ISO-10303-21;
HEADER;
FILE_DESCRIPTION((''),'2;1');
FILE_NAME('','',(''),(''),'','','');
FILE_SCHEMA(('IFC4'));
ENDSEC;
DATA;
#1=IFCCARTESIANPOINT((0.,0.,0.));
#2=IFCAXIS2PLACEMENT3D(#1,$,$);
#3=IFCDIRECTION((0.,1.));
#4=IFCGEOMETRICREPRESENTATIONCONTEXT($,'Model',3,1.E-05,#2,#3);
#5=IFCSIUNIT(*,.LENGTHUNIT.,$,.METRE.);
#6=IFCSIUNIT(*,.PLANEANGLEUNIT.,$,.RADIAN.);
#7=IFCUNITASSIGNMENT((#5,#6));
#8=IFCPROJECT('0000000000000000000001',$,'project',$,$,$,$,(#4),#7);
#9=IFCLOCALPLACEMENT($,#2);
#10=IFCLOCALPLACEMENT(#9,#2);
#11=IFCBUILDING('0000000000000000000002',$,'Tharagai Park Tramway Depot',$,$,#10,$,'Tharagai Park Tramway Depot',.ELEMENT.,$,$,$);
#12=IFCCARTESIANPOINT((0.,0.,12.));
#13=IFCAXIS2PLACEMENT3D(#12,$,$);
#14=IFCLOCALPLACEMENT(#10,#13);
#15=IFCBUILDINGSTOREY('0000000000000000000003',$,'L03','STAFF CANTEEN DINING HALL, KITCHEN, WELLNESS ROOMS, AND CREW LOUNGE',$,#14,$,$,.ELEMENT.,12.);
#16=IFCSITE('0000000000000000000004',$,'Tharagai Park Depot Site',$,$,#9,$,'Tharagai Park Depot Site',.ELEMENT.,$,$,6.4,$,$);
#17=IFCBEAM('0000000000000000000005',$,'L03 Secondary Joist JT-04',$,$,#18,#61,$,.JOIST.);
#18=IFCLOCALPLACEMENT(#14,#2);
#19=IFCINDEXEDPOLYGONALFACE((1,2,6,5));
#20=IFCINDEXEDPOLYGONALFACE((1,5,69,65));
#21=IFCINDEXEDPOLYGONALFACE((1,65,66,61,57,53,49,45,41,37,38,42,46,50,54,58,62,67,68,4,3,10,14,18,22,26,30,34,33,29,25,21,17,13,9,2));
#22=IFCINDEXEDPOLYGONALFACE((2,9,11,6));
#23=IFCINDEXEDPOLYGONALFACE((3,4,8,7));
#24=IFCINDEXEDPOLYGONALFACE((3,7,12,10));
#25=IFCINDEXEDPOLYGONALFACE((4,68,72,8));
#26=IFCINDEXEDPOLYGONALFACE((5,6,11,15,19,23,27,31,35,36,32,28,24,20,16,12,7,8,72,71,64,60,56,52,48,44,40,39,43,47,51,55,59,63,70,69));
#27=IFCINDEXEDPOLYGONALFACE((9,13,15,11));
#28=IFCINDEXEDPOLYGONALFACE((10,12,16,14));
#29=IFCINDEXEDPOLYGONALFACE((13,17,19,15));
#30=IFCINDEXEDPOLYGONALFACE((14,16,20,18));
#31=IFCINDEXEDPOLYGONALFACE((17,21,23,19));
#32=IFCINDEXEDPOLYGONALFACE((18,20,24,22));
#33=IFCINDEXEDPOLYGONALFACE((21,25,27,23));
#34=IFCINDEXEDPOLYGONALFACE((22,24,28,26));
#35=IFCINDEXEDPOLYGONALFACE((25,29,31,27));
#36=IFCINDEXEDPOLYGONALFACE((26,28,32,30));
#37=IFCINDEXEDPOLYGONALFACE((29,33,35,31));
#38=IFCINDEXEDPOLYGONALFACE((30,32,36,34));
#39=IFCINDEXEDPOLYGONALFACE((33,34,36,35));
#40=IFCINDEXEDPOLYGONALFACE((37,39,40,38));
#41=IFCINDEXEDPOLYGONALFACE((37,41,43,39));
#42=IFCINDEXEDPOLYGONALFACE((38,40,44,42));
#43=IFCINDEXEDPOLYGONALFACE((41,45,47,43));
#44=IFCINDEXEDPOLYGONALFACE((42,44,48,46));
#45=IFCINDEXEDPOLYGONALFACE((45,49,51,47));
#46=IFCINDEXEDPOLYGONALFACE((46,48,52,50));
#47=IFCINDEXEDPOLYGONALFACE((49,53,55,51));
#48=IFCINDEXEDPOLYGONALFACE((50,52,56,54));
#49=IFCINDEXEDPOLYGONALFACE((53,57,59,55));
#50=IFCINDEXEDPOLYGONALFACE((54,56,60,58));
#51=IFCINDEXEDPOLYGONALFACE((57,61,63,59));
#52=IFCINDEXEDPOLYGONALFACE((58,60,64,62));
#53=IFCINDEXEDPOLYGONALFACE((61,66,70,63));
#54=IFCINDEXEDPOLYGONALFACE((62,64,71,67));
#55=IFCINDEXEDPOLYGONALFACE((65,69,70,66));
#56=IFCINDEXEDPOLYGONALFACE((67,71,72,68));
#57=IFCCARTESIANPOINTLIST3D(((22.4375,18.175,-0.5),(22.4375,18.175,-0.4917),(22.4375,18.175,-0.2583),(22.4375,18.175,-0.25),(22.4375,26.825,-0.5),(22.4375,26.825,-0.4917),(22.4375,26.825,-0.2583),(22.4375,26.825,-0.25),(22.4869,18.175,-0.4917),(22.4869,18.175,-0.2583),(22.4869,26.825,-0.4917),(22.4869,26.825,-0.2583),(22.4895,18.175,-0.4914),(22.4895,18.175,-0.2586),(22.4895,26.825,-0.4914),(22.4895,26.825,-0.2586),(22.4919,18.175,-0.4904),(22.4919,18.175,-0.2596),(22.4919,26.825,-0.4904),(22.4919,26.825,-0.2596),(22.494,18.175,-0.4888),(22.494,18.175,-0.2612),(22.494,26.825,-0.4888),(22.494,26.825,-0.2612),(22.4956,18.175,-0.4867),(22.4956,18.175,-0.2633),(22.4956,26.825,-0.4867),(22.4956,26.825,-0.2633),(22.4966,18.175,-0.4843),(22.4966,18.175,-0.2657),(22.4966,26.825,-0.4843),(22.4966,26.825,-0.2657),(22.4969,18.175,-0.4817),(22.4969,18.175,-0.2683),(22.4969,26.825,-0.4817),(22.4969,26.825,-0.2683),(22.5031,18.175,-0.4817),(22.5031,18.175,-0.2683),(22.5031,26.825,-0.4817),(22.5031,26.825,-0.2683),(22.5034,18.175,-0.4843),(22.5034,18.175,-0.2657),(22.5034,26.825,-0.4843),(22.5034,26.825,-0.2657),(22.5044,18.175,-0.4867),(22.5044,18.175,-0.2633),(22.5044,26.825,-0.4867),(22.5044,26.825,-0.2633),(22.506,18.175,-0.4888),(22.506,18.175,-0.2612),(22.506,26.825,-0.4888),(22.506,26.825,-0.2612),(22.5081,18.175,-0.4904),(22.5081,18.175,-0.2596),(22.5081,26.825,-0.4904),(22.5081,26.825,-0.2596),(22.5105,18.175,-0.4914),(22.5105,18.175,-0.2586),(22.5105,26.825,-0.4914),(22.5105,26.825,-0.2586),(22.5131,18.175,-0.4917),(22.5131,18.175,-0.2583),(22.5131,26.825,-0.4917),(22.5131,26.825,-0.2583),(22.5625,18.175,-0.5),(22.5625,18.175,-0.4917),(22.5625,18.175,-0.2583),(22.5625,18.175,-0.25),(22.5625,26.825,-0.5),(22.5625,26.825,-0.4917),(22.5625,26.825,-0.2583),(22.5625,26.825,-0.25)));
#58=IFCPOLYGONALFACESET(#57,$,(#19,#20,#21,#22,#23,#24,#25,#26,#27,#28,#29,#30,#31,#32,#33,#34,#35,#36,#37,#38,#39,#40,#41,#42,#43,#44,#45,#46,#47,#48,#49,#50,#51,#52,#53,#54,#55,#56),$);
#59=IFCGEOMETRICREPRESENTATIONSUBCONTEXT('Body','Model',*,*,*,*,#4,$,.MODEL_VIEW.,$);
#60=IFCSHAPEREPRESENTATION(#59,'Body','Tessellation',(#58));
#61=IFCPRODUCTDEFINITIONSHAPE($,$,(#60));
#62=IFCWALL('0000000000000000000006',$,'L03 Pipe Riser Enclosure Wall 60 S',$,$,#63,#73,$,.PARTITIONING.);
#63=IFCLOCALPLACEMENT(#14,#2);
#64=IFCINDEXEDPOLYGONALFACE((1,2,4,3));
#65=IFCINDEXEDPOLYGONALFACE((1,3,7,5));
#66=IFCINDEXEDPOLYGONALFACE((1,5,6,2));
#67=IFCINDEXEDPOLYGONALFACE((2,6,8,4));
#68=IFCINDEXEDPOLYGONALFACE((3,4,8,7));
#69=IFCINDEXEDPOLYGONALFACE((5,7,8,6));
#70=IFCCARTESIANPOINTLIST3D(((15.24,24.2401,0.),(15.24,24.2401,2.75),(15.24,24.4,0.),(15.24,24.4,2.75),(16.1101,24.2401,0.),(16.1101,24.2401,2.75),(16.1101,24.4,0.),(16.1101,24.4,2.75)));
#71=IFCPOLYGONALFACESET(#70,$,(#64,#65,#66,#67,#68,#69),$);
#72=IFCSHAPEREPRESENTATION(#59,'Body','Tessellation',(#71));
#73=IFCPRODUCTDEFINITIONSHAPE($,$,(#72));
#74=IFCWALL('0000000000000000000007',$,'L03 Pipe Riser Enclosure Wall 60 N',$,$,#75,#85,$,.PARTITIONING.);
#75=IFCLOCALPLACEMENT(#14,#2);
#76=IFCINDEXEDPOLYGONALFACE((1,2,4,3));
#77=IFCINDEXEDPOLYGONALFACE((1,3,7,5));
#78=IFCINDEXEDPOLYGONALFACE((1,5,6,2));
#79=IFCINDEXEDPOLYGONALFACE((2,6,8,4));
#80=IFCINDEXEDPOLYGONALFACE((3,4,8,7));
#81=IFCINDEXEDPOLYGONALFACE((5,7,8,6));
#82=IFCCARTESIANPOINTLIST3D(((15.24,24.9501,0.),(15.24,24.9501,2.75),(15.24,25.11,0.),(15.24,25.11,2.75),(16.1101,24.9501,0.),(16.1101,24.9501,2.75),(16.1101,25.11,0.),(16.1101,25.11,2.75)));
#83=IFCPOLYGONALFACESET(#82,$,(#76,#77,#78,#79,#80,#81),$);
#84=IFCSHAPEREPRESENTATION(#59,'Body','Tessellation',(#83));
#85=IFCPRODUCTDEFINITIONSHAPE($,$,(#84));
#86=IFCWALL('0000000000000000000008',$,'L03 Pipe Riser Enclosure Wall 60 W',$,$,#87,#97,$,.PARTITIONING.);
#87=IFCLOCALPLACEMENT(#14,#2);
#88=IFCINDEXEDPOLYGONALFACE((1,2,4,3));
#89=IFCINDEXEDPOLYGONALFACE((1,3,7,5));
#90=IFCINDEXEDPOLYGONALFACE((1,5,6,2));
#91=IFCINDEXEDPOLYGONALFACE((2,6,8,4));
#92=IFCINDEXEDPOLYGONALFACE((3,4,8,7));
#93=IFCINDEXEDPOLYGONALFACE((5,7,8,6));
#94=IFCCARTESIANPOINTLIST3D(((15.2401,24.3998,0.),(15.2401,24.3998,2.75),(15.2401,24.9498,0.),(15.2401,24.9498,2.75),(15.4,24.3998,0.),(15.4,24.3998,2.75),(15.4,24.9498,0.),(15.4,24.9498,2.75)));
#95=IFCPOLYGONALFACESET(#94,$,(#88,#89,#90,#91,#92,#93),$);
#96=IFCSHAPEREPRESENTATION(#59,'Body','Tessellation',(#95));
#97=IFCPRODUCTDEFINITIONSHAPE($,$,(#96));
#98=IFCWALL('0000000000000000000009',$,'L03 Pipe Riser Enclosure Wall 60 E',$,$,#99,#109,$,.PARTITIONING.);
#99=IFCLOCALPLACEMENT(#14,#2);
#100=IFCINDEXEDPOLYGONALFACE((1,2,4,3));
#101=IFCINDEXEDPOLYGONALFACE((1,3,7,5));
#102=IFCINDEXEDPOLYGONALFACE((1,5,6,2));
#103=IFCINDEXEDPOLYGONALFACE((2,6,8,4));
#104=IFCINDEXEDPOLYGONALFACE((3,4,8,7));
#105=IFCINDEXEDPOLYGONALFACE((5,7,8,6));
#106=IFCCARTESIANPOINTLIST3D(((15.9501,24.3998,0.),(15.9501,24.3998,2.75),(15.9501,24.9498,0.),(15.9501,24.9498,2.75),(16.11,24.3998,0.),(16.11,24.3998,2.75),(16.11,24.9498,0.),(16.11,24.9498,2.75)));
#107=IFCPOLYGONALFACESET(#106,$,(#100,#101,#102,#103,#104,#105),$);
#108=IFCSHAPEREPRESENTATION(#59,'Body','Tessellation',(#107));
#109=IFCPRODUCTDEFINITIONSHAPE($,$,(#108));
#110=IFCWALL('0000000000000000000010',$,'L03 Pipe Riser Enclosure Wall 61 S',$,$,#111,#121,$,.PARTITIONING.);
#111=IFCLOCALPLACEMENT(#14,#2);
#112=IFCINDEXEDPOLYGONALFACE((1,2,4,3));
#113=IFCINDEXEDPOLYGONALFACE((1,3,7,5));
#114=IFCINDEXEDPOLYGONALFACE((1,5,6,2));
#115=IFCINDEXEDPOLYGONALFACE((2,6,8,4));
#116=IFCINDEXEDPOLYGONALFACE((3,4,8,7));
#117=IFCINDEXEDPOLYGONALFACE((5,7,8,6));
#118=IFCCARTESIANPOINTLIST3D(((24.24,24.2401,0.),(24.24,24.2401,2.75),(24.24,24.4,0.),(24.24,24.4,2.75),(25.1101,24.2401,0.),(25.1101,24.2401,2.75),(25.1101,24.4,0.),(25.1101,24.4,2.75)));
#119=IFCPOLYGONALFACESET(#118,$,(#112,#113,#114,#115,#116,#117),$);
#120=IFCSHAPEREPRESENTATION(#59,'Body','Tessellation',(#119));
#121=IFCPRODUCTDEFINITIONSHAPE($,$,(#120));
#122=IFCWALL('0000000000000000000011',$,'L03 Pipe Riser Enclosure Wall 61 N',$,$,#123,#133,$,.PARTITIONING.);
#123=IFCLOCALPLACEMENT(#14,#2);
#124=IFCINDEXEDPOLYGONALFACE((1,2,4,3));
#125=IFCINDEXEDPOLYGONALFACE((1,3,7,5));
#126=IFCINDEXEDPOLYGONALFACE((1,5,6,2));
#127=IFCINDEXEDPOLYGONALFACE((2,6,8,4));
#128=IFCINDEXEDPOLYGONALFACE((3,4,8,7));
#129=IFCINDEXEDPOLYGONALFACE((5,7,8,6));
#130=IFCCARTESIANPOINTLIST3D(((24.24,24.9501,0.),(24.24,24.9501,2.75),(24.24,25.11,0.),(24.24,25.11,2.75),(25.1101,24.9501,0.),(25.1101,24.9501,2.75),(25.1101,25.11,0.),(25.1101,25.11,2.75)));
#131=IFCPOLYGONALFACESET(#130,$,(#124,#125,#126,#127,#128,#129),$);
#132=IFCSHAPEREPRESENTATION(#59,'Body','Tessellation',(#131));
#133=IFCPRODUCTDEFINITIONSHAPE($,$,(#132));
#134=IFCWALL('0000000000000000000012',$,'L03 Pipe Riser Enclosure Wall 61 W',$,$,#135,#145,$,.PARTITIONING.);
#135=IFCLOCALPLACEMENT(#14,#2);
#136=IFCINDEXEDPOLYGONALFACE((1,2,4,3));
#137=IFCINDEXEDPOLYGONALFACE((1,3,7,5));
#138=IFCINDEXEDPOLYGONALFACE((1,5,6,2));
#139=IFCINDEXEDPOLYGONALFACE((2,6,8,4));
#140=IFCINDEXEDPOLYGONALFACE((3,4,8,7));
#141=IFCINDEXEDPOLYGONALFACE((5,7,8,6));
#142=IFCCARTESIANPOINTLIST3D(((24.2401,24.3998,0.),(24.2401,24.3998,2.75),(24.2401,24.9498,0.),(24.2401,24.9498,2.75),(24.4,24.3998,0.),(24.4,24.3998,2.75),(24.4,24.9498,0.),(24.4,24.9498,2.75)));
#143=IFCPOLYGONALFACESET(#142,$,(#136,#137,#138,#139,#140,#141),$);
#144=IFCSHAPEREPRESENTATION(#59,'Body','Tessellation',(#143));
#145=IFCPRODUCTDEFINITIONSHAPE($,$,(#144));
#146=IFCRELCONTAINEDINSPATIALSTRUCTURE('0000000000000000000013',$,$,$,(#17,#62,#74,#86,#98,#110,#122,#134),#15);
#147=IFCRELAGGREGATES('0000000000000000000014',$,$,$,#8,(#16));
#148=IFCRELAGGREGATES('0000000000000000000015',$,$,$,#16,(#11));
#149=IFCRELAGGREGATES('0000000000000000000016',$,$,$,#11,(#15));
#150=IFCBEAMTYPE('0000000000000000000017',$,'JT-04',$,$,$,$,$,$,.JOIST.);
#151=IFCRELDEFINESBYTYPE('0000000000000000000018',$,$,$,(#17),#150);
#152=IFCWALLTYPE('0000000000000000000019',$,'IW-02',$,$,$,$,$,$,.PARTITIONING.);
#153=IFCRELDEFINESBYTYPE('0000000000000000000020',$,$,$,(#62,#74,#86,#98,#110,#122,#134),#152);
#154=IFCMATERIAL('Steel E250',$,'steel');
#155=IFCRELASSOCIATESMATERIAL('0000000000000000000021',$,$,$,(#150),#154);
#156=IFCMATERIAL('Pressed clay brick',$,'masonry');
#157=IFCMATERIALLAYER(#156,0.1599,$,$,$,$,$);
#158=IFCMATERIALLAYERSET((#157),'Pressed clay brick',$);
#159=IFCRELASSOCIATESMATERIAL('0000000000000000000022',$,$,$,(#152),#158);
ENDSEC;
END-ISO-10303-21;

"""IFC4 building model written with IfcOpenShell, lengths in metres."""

from ifc_helpers import new_model, si_unit, direction, frame, frame_2d, origin, origin_2d, place, context, subcontext, project, spatial, rectangle, i_section, extrude, material, layer, layer_set, material_profile, profile_set, type_object, element, save


model = new_model("IFC4")

# Units and contexts
model_context = context("Model", 3, precision=1e-05, world=origin(), true_north=direction((0.0, 1.0)))
body_context = subcontext(model_context, "Body", "Model", "MODEL_VIEW")
ifc_project = project(units=[si_unit("LENGTHUNIT", "METRE"), si_unit("PLANEANGLEUNIT", "RADIAN")], contexts=[model_context])

# Site, building, storey
site_placement = place(None, origin())
site = spatial("IfcSite", under=ifc_project, at=site_placement, Name="Tharagai Park Depot Site", LongName="Tharagai Park Depot Site", CompositionType="ELEMENT", RefElevation=6.4)
building_placement = place(site_placement, origin())
building = spatial("IfcBuilding", under=site, at=building_placement, Name="Tharagai Park Tramway Depot", LongName="Tharagai Park Tramway Depot", CompositionType="ELEMENT")
storey_placement = place(building_placement, frame((0.0, 0.0, 12.0)))
storey = spatial("IfcBuildingStorey", under=building, at=storey_placement, Name="L03", Description="STAFF CANTEEN DINING HALL, KITCHEN, WELLNESS ROOMS, AND CREW LOUNGE", CompositionType="ELEMENT", Elevation=12.0)

# Beam
ifc_material_1 = material(Name="Steel E250", Category="steel")
ifc_material_profile_1 = material_profile(ifc_material_1, i_section(OverallWidth=0.125, OverallDepth=0.25, WebThickness=0.0061, FlangeThickness=0.0083, FilletRadius=0.01, at=origin_2d()), Name="ISLB 250")
ifc_profile_set_1 = profile_set([ifc_material_profile_1], Name="Steel E250")
beam_type_1 = type_object("IfcBeamType", Name="JT-04", PredefinedType="JOIST", material=ifc_profile_set_1)
for number, where, z_axis, x_axis, name in (
    (1, (22.5, 18.175, -0.375), (0.0, 1.0, 0.0), (-1.0, 0.0, 0.0), "L03 Secondary Joist JT-04"),
):
    element("IfcBeam", number, at=place(storey_placement, frame(where, z_axis=z_axis, x_axis=x_axis)), inside=storey, type_object=beam_type_1, Name=name, PredefinedType="JOIST", context=body_context, shape_type="SweptSolid", body=[
        extrude(i_section(OverallWidth=0.125, OverallDepth=0.25, WebThickness=0.0061, FlangeThickness=0.0083, FilletRadius=0.01, at=origin_2d()), origin(), (0.0, 0.0, 1.0), 8.6499),
    ])

# Walls
ifc_material_2 = material(Name="Pressed clay brick", Category="masonry")
ifc_layer = layer(ifc_material_2, 0.1599)
ifc_layer_set = layer_set([ifc_layer], Name="Pressed clay brick")
wall_type = type_object("IfcWallType", Name="IW-02", PredefinedType="PARTITIONING", material=ifc_layer_set)
for number, where, z_axis, x_axis, name in (
    (2, (15.24, 24.3201, 0.0), (0.0, 0.0, 1.0), (1.0, 0.0, 0.0), "L03 Pipe Riser Enclosure Wall 60 S"),
    (3, (15.24, 25.03, 0.0), (0.0, 0.0, 1.0), (1.0, 0.0, 0.0), "L03 Pipe Riser Enclosure Wall 60 N"),
):
    element("IfcWall", number, at=place(storey_placement, frame(where, z_axis=z_axis, x_axis=x_axis)), inside=storey, type_object=wall_type, Name=name, PredefinedType="PARTITIONING", context=body_context, shape_type="SweptSolid", body=[
        extrude(rectangle(XDim=0.8701, YDim=0.1599, at=frame_2d((0.4351, 0.0))), origin(), (0.0, 0.0, 1.0), 2.75),
    ])
for number, where, z_axis, x_axis, name in (
    (4, (15.3201, 24.3999, 0.0), (0.0, 0.0, 1.0), (0.0, 1.0, 0.0), "L03 Pipe Riser Enclosure Wall 60 W"),
    (5, (16.03, 24.3999, 0.0), (0.0, 0.0, 1.0), (0.0, 1.0, 0.0), "L03 Pipe Riser Enclosure Wall 60 E"),
):
    element("IfcWall", number, at=place(storey_placement, frame(where, z_axis=z_axis, x_axis=x_axis)), inside=storey, type_object=wall_type, Name=name, PredefinedType="PARTITIONING", context=body_context, shape_type="SweptSolid", body=[
        extrude(rectangle(XDim=0.55, YDim=0.1599, at=frame_2d((0.2749, 0.0))), origin(), (0.0, 0.0, 1.0), 2.75),
    ])
for number, where, z_axis, x_axis, name in (
    (6, (24.24, 24.3201, 0.0), (0.0, 0.0, 1.0), (1.0, 0.0, 0.0), "L03 Pipe Riser Enclosure Wall 61 S"),
    (7, (24.24, 25.03, 0.0), (0.0, 0.0, 1.0), (1.0, 0.0, 0.0), "L03 Pipe Riser Enclosure Wall 61 N"),
):
    element("IfcWall", number, at=place(storey_placement, frame(where, z_axis=z_axis, x_axis=x_axis)), inside=storey, type_object=wall_type, Name=name, PredefinedType="PARTITIONING", context=body_context, shape_type="SweptSolid", body=[
        extrude(rectangle(XDim=0.8701, YDim=0.1599, at=frame_2d((0.4351, 0.0))), origin(), (0.0, 0.0, 1.0), 2.75),
    ])
wall_placement = place(storey_placement, frame((24.3201, 24.3999, 0.0), z_axis=(0.0, 0.0, 1.0), x_axis=(0.0, 1.0, 0.0)))
element("IfcWall", 8, at=wall_placement, inside=storey, type_object=wall_type, Name="L03 Pipe Riser Enclosure Wall 61 W", PredefinedType="PARTITIONING", context=body_context, shape_type="SweptSolid", body=[
    extrude(rectangle(XDim=0.55, YDim=0.1599, at=frame_2d((0.2749, 0.0))), origin(), (0.0, 0.0, 1.0), 2.75),
])

save(model, "model.ifc")
